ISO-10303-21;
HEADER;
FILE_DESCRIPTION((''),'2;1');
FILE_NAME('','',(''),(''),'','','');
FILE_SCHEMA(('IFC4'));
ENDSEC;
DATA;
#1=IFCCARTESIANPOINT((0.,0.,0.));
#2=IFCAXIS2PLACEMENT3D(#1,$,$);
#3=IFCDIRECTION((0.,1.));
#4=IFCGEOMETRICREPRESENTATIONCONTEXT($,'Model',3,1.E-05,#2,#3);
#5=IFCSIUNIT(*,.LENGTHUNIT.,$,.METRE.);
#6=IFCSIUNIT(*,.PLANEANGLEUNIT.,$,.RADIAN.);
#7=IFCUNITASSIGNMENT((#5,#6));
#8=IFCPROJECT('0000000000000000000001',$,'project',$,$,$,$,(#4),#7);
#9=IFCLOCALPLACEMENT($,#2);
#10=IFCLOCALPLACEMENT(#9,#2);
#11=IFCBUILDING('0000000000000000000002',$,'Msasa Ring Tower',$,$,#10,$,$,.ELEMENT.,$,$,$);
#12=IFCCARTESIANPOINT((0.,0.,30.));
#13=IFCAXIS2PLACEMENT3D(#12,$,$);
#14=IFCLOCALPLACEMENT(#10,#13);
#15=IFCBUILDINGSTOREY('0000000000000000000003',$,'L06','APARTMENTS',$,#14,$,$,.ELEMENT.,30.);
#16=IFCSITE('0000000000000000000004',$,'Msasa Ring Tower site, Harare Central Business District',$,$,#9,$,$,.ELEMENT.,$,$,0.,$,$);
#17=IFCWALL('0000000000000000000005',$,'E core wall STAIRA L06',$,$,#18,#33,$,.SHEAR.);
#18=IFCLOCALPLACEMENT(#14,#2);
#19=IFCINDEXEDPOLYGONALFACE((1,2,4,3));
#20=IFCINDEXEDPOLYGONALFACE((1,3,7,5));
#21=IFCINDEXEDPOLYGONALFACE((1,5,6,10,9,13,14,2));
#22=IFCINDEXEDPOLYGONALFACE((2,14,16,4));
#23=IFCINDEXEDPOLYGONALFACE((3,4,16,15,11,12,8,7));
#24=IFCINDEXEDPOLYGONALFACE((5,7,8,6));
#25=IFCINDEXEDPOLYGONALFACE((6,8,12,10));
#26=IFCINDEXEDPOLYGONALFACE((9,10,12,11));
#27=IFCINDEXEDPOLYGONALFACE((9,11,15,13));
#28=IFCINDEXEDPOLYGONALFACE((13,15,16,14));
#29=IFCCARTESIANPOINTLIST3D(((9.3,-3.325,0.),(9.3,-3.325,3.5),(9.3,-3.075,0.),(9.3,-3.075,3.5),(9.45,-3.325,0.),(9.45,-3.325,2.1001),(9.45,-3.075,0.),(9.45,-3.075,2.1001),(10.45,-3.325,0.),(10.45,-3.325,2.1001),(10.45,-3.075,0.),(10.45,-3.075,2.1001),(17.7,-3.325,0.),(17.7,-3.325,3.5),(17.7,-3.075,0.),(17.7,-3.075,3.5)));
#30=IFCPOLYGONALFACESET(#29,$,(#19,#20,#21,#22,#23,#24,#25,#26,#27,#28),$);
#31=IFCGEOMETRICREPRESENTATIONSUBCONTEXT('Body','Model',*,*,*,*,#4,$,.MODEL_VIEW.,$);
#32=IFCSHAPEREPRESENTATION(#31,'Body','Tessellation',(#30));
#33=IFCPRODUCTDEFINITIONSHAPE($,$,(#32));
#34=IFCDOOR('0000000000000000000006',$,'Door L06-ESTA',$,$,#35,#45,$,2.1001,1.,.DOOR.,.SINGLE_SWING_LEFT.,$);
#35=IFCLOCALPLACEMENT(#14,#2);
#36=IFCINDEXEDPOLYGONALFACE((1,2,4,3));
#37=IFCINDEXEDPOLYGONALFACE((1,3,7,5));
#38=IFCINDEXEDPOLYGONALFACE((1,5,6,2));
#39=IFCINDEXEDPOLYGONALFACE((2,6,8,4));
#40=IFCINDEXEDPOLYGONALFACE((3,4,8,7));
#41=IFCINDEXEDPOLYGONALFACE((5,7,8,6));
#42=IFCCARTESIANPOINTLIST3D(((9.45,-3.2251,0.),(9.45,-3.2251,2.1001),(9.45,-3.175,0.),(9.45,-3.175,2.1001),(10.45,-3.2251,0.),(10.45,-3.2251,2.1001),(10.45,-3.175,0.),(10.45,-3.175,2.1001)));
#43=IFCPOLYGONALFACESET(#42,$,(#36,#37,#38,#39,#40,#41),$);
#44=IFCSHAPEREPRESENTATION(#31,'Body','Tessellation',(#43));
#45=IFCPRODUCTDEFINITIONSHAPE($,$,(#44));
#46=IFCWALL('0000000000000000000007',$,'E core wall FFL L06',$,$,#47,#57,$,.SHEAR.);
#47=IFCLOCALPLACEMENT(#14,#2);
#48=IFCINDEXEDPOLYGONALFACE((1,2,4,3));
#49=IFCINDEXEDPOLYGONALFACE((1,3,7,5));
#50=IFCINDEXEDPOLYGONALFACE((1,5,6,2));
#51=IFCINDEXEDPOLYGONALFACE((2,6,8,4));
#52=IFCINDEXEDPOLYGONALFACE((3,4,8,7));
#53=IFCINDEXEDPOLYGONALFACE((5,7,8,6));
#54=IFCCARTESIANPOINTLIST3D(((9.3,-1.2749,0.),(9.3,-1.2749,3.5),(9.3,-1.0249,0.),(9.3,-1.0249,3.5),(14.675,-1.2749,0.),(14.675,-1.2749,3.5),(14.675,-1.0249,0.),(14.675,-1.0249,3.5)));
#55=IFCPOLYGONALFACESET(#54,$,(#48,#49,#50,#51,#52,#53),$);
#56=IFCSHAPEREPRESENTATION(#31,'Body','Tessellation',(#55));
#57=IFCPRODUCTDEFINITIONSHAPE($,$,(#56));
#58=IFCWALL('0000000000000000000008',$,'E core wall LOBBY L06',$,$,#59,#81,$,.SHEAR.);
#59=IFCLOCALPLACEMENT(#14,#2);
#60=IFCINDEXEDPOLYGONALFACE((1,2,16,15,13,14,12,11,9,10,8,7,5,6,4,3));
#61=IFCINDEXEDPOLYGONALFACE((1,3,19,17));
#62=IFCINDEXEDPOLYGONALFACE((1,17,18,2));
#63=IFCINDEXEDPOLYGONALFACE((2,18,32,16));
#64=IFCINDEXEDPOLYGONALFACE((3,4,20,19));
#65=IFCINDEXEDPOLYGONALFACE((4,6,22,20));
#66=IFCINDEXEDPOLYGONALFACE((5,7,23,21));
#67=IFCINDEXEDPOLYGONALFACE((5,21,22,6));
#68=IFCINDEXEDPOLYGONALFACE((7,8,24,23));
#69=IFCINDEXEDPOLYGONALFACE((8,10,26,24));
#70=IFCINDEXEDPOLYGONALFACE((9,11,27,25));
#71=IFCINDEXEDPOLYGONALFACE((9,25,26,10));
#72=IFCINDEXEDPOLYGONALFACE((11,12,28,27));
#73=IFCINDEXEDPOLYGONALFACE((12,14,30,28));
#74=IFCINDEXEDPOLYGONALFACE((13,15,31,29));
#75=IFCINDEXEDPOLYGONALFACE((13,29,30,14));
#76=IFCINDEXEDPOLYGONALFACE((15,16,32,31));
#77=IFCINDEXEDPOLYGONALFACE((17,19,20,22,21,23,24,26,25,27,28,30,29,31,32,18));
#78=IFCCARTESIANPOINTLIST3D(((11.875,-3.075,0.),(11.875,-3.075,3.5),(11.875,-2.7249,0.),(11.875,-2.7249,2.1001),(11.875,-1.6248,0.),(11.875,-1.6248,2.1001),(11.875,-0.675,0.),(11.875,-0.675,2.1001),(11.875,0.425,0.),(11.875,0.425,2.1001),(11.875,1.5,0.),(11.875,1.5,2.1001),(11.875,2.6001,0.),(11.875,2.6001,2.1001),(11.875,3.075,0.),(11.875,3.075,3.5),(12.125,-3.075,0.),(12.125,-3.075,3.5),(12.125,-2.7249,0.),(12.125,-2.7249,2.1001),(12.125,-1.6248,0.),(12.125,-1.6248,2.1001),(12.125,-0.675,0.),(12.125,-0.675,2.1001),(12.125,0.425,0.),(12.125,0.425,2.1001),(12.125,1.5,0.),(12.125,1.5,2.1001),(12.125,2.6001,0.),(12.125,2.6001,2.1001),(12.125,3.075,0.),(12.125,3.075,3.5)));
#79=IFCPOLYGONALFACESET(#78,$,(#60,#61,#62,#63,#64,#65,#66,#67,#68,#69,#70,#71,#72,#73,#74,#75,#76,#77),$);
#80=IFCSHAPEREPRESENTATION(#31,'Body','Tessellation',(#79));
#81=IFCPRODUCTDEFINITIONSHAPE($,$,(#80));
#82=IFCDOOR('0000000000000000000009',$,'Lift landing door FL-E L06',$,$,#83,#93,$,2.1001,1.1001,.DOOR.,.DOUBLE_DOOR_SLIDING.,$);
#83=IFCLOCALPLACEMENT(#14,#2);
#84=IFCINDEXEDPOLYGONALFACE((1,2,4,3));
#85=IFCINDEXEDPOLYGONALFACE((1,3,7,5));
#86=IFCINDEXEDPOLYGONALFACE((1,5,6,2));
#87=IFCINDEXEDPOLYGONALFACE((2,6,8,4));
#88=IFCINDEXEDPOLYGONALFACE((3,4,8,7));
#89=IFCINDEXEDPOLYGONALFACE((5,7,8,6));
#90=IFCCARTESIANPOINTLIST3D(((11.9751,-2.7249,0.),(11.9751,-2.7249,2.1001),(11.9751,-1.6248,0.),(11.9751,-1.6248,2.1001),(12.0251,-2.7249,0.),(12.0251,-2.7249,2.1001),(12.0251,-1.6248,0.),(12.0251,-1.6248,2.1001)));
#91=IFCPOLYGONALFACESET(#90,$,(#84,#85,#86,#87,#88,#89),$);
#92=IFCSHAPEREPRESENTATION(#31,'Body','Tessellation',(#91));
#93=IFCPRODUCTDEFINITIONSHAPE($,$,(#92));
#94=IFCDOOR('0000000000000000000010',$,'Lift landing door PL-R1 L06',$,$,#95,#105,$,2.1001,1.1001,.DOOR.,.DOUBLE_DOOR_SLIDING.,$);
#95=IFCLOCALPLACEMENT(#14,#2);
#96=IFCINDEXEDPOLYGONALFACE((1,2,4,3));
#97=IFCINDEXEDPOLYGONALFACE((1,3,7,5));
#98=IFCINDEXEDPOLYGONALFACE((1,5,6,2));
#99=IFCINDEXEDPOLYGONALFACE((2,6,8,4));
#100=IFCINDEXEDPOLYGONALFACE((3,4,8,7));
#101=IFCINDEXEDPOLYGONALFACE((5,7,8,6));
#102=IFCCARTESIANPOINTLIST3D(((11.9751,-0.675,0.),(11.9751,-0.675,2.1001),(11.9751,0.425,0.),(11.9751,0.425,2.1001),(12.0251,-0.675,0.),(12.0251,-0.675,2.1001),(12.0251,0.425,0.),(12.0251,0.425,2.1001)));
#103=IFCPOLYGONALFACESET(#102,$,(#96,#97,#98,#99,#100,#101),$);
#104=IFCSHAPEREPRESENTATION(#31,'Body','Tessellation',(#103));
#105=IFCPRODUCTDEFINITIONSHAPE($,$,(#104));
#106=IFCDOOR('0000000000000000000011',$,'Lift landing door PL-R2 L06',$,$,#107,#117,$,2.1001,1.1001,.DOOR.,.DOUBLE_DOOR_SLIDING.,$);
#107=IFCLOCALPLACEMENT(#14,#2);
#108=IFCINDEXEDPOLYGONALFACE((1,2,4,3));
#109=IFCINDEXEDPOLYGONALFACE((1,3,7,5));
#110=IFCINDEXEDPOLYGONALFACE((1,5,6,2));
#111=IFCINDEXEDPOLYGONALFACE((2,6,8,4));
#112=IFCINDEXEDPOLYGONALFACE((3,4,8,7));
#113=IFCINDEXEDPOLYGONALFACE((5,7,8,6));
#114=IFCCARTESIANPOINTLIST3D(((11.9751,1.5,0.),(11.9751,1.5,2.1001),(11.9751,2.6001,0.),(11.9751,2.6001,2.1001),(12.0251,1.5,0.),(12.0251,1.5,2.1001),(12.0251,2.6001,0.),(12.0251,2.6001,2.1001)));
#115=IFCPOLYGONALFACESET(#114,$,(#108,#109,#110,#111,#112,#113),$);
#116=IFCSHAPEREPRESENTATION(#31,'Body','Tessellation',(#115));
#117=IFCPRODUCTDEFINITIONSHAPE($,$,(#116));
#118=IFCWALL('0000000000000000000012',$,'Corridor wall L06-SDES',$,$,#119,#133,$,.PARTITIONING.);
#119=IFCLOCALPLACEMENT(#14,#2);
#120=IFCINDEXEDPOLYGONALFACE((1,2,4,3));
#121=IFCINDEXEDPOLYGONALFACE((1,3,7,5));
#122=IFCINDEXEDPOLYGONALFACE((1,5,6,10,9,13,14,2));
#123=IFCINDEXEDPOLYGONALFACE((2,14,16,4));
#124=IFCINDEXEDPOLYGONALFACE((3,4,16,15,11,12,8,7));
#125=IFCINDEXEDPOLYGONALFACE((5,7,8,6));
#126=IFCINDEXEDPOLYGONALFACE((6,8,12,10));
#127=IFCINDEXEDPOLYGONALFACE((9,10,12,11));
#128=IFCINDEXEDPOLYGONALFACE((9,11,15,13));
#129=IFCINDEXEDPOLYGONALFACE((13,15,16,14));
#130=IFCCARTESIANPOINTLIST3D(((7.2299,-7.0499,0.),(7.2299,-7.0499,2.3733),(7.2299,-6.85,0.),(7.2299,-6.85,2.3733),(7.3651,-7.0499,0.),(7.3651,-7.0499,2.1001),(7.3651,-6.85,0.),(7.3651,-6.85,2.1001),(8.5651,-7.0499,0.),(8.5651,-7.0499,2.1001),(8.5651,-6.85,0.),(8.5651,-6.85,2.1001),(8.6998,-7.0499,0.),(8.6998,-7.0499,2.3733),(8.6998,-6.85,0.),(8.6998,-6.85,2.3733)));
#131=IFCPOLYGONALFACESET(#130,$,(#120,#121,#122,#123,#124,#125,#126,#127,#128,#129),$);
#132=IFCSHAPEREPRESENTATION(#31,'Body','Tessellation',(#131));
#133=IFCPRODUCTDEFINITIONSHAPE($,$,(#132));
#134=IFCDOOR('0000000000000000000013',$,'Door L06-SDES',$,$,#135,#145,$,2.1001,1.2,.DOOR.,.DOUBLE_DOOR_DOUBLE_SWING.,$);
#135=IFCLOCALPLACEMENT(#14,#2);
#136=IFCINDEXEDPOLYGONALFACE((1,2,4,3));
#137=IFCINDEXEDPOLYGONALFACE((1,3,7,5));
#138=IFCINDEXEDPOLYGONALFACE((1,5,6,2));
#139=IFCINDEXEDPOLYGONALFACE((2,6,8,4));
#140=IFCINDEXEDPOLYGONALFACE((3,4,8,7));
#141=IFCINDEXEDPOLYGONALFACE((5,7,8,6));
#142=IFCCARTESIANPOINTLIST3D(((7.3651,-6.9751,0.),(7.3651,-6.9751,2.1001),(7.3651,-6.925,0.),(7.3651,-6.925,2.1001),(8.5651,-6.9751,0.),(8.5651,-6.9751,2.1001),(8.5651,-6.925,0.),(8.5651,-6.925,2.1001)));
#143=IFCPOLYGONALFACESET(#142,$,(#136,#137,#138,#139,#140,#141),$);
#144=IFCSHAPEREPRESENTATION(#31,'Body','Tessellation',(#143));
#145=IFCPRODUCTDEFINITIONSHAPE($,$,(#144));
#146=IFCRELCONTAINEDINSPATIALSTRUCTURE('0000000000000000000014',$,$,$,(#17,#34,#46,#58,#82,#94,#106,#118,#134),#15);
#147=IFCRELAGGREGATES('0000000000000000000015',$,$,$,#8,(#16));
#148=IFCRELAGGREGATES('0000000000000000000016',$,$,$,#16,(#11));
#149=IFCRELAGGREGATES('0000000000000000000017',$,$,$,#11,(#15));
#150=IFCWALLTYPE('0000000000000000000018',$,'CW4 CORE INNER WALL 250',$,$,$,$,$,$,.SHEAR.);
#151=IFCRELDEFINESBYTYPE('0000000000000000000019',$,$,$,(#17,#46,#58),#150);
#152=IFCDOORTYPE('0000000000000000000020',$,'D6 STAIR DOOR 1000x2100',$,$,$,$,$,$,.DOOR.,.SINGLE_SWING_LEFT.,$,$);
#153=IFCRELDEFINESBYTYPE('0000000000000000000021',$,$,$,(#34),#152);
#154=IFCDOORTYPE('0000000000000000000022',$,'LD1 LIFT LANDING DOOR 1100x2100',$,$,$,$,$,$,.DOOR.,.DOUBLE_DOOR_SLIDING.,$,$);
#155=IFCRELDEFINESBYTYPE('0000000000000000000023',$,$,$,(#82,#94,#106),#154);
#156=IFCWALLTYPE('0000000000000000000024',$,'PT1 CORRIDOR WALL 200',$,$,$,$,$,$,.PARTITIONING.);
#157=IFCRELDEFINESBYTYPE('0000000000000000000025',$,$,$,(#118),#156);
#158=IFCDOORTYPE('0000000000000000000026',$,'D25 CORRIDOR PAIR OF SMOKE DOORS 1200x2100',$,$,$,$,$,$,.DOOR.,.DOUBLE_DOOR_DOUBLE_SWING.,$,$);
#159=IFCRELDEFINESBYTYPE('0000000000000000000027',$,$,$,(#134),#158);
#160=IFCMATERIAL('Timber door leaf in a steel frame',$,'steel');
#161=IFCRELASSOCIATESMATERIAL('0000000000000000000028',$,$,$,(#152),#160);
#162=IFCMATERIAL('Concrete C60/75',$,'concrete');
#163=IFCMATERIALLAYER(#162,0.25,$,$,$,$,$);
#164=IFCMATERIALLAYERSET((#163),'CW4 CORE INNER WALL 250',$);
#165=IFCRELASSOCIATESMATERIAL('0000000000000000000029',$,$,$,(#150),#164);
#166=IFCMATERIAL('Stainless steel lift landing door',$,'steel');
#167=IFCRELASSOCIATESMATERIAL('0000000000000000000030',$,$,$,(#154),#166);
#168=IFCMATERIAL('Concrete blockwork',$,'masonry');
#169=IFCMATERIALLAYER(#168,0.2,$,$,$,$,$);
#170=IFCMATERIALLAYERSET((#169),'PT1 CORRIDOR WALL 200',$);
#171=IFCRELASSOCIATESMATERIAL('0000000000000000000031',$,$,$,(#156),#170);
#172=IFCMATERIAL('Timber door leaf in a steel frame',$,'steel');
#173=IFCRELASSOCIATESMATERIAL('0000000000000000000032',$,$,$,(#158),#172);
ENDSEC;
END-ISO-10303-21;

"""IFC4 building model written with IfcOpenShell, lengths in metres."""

from ifc_helpers import new_model, si_unit, direction, frame, frame_2d, origin, place, context, subcontext, project, spatial, rectangle, extrude, material, layer, layer_set, type_object, element, fill, save


model = new_model("IFC4")

# Units and contexts
model_context = context("Model", 3, precision=1e-05, world=origin(), true_north=direction((0.0, 1.0)))
body_context = subcontext(model_context, "Body", "Model", "MODEL_VIEW")
ifc_project = project(units=[si_unit("LENGTHUNIT", "METRE"), si_unit("PLANEANGLEUNIT", "RADIAN")], contexts=[model_context])

# Site, building, storey
site_placement = place(None, origin())
site = spatial("IfcSite", under=ifc_project, at=site_placement, Name="Msasa Ring Tower site, Harare Central Business District", CompositionType="ELEMENT", RefElevation=0.0)
building_placement = place(site_placement, origin())
building = spatial("IfcBuilding", under=site, at=building_placement, Name="Msasa Ring Tower", CompositionType="ELEMENT")
storey_placement = place(building_placement, frame((0.0, 0.0, 30.0)))
storey = spatial("IfcBuildingStorey", under=building, at=storey_placement, Name="L06", Description="APARTMENTS", CompositionType="ELEMENT", Elevation=30.0)

# Shared definitions
ifc_material_1 = material(Name="Timber door leaf in a steel frame", Category="steel")
door_type_1 = type_object("IfcDoorType", Name="D6 STAIR DOOR 1000x2100", OperationType="SINGLE_SWING_LEFT", PredefinedType="DOOR", material=ifc_material_1)

# Wall, opening, door
ifc_material_2 = material(Name="Concrete C60/75", Category="concrete")
ifc_layer_1 = layer(ifc_material_2, 0.25)
ifc_layer_set_1 = layer_set([ifc_layer_1], Name="CW4 CORE INNER WALL 250")
wall_type_1 = type_object("IfcWallType", Name="CW4 CORE INNER WALL 250", PredefinedType="SHEAR", material=ifc_layer_set_1)
wall_1_placement = place(storey_placement, frame((9.3, -3.2, 0.0), z_axis=(0.0, 0.0, 1.0), x_axis=(1.0, 0.0, 0.0)))
wall_1 = element("IfcWall", 1, at=wall_1_placement, inside=storey, type_object=wall_type_1, Name="E core wall STAIRA L06", PredefinedType="SHEAR", context=body_context, shape_type="SweptSolid", body=[
    extrude(rectangle(XDim=8.3999, YDim=0.25, at=frame_2d((4.2, 0.0))), origin(), (0.0, 0.0, 1.0), 3.5),
])
opening_1_placement = place(wall_1_placement, frame((0.1499, 0.0, 0.0)))
opening_1 = element("IfcOpeningElement", 2, at=opening_1_placement, cuts=wall_1, PredefinedType="OPENING", context=body_context, shape_type="SweptSolid", body=[
    extrude(rectangle(XDim=1.0, YDim=2.1001, at=frame_2d((0.5, 1.05))), frame((0.0, 0.135, 0.0), z_axis=(0.0, -1.0, 0.0), x_axis=(1.0, 0.0, 0.0)), (0.0, 0.0, 1.0), 0.27),
])
door_1_placement = place(opening_1_placement, origin())
door_1 = element("IfcDoor", 3, at=door_1_placement, inside=storey, type_object=door_type_1, Name="Door L06-ESTA", OperationType="SINGLE_SWING_LEFT", OverallHeight=2.1001, OverallWidth=1.0, PredefinedType="DOOR", context=body_context, shape_type="SweptSolid", body=[
    extrude(rectangle(XDim=1.0, YDim=2.1001, at=frame_2d((0.5, 1.05))), frame((0.0, 0.0249, 0.0), z_axis=(0.0, -1.0, 0.0), x_axis=(1.0, 0.0, 0.0)), (0.0, 0.0, 1.0), 0.05),
])
fill(opening_1, door_1)

# Wall
wall_2_placement = place(storey_placement, frame((9.3, -1.1499, 0.0), z_axis=(0.0, 0.0, 1.0), x_axis=(1.0, 0.0, 0.0)))
element("IfcWall", 4, at=wall_2_placement, inside=storey, type_object=wall_type_1, Name="E core wall FFL L06", PredefinedType="SHEAR", context=body_context, shape_type="SweptSolid", body=[
    extrude(rectangle(XDim=5.375, YDim=0.25, at=frame_2d((2.6875, 0.0))), origin(), (0.0, 0.0, 1.0), 3.5),
])

# Wall, openings, doors
wall_3_placement = place(storey_placement, frame((12.0, -3.075, 0.0), z_axis=(0.0, 0.0, 1.0), x_axis=(0.0, 1.0, 0.0)))
wall_3 = element("IfcWall", 5, at=wall_3_placement, inside=storey, type_object=wall_type_1, Name="E core wall LOBBY L06", PredefinedType="SHEAR", context=body_context, shape_type="SweptSolid", body=[
    extrude(rectangle(XDim=6.1499, YDim=0.25, at=frame_2d((3.075, 0.0))), origin(), (0.0, 0.0, 1.0), 3.5),
])
opening_2_placement = place(wall_3_placement, frame((0.3501, 0.0, 0.0)))
opening_2 = element("IfcOpeningElement", 6, at=opening_2_placement, cuts=wall_3, PredefinedType="OPENING", context=body_context, shape_type="SweptSolid", body=[
    extrude(rectangle(XDim=1.1001, YDim=2.1001, at=frame_2d((0.55, 1.05))), frame((0.0, 0.135, 0.0), z_axis=(0.0, -1.0, 0.0), x_axis=(1.0, 0.0, 0.0)), (0.0, 0.0, 1.0), 0.27),
])
opening_3_placement = place(wall_3_placement, frame((2.3999, 0.0, 0.0)))
opening_3 = element("IfcOpeningElement", 7, at=opening_3_placement, cuts=wall_3, PredefinedType="OPENING", context=body_context, shape_type="SweptSolid", body=[
    extrude(rectangle(XDim=1.1001, YDim=2.1001, at=frame_2d((0.55, 1.05))), frame((0.0, 0.135, 0.0), z_axis=(0.0, -1.0, 0.0), x_axis=(1.0, 0.0, 0.0)), (0.0, 0.0, 1.0), 0.27),
])
opening_4_placement = place(wall_3_placement, frame((4.575, 0.0, 0.0)))
opening_4 = element("IfcOpeningElement", 8, at=opening_4_placement, cuts=wall_3, PredefinedType="OPENING", context=body_context, shape_type="SweptSolid", body=[
    extrude(rectangle(XDim=1.1001, YDim=2.1001, at=frame_2d((0.55, 1.05))), frame((0.0, 0.135, 0.0), z_axis=(0.0, -1.0, 0.0), x_axis=(1.0, 0.0, 0.0)), (0.0, 0.0, 1.0), 0.27),
])
ifc_material_3 = material(Name="Stainless steel lift landing door", Category="steel")
door_type_2 = type_object("IfcDoorType", Name="LD1 LIFT LANDING DOOR 1100x2100", OperationType="DOUBLE_DOOR_SLIDING", PredefinedType="DOOR", material=ifc_material_3)
door_2_placement = place(opening_2_placement, origin())
door_2 = element("IfcDoor", 9, at=door_2_placement, inside=storey, type_object=door_type_2, Name="Lift landing door FL-E L06", OperationType="DOUBLE_DOOR_SLIDING", OverallHeight=2.1001, OverallWidth=1.1001, PredefinedType="DOOR", context=body_context, shape_type="SweptSolid", body=[
    extrude(rectangle(XDim=1.1001, YDim=2.1001, at=frame_2d((0.55, 1.05))), frame((0.0, 0.0249, 0.0), z_axis=(0.0, -1.0, 0.0), x_axis=(1.0, 0.0, 0.0)), (0.0, 0.0, 1.0), 0.05),
])
fill(opening_2, door_2)
door_3_placement = place(opening_3_placement, origin())
door_3 = element("IfcDoor", 10, at=door_3_placement, inside=storey, type_object=door_type_2, Name="Lift landing door PL-R1 L06", OperationType="DOUBLE_DOOR_SLIDING", OverallHeight=2.1001, OverallWidth=1.1001, PredefinedType="DOOR", context=body_context, shape_type="SweptSolid", body=[
    extrude(rectangle(XDim=1.1001, YDim=2.1001, at=frame_2d((0.55, 1.05))), frame((0.0, 0.0249, 0.0), z_axis=(0.0, -1.0, 0.0), x_axis=(1.0, 0.0, 0.0)), (0.0, 0.0, 1.0), 0.05),
])
fill(opening_3, door_3)
door_4_placement = place(opening_4_placement, origin())
door_4 = element("IfcDoor", 11, at=door_4_placement, inside=storey, type_object=door_type_2, Name="Lift landing door PL-R2 L06", OperationType="DOUBLE_DOOR_SLIDING", OverallHeight=2.1001, OverallWidth=1.1001, PredefinedType="DOOR", context=body_context, shape_type="SweptSolid", body=[
    extrude(rectangle(XDim=1.1001, YDim=2.1001, at=frame_2d((0.55, 1.05))), frame((0.0, 0.0249, 0.0), z_axis=(0.0, -1.0, 0.0), x_axis=(1.0, 0.0, 0.0)), (0.0, 0.0, 1.0), 0.05),
])
fill(opening_4, door_4)

# Wall, opening, door
ifc_material_4 = material(Name="Concrete blockwork", Category="masonry")
ifc_layer_2 = layer(ifc_material_4, 0.2)
ifc_layer_set_2 = layer_set([ifc_layer_2], Name="PT1 CORRIDOR WALL 200")
wall_type_2 = type_object("IfcWallType", Name="PT1 CORRIDOR WALL 200", PredefinedType="PARTITIONING", material=ifc_layer_set_2)
wall_4_placement = place(storey_placement, frame((7.23, -6.95, 0.0), z_axis=(0.0, 0.0, 1.0), x_axis=(1.0, 0.0, 0.0)))
wall_4 = element("IfcWall", 12, at=wall_4_placement, inside=storey, type_object=wall_type_2, Name="Corridor wall L06-SDES", PredefinedType="PARTITIONING", context=body_context, shape_type="SweptSolid", body=[
    extrude(rectangle(XDim=1.47, YDim=0.2, at=frame_2d((0.7349, 0.0))), origin(), (0.0, 0.0, 1.0), 2.3733),
])
opening_5_placement = place(wall_4_placement, frame((0.135, 0.0, 0.0)))
opening_5 = element("IfcOpeningElement", 13, at=opening_5_placement, cuts=wall_4, PredefinedType="OPENING", context=body_context, shape_type="SweptSolid", body=[
    extrude(rectangle(XDim=1.2, YDim=2.1001, at=frame_2d((0.6001, 1.05))), frame((0.0, 0.1099, 0.0), z_axis=(0.0, -1.0, 0.0), x_axis=(1.0, 0.0, 0.0)), (0.0, 0.0, 1.0), 0.22),
])
ifc_material_5 = material(Name="Timber door leaf in a steel frame", Category="steel")
door_type_3 = type_object("IfcDoorType", Name="D25 CORRIDOR PAIR OF SMOKE DOORS 1200x2100", OperationType="DOUBLE_DOOR_DOUBLE_SWING", PredefinedType="DOOR", material=ifc_material_5)
door_5_placement = place(opening_5_placement, origin())
door_5 = element("IfcDoor", 14, at=door_5_placement, inside=storey, type_object=door_type_3, Name="Door L06-SDES", OperationType="DOUBLE_DOOR_DOUBLE_SWING", OverallHeight=2.1001, OverallWidth=1.2, PredefinedType="DOOR", context=body_context, shape_type="SweptSolid", body=[
    extrude(rectangle(XDim=1.2, YDim=2.1001, at=frame_2d((0.6001, 1.05))), frame((0.0, 0.0249, 0.0), z_axis=(0.0, -1.0, 0.0), x_axis=(1.0, 0.0, 0.0)), (0.0, 0.0, 1.0), 0.05),
])
fill(opening_5, door_5)

save(model, "model.ifc")
